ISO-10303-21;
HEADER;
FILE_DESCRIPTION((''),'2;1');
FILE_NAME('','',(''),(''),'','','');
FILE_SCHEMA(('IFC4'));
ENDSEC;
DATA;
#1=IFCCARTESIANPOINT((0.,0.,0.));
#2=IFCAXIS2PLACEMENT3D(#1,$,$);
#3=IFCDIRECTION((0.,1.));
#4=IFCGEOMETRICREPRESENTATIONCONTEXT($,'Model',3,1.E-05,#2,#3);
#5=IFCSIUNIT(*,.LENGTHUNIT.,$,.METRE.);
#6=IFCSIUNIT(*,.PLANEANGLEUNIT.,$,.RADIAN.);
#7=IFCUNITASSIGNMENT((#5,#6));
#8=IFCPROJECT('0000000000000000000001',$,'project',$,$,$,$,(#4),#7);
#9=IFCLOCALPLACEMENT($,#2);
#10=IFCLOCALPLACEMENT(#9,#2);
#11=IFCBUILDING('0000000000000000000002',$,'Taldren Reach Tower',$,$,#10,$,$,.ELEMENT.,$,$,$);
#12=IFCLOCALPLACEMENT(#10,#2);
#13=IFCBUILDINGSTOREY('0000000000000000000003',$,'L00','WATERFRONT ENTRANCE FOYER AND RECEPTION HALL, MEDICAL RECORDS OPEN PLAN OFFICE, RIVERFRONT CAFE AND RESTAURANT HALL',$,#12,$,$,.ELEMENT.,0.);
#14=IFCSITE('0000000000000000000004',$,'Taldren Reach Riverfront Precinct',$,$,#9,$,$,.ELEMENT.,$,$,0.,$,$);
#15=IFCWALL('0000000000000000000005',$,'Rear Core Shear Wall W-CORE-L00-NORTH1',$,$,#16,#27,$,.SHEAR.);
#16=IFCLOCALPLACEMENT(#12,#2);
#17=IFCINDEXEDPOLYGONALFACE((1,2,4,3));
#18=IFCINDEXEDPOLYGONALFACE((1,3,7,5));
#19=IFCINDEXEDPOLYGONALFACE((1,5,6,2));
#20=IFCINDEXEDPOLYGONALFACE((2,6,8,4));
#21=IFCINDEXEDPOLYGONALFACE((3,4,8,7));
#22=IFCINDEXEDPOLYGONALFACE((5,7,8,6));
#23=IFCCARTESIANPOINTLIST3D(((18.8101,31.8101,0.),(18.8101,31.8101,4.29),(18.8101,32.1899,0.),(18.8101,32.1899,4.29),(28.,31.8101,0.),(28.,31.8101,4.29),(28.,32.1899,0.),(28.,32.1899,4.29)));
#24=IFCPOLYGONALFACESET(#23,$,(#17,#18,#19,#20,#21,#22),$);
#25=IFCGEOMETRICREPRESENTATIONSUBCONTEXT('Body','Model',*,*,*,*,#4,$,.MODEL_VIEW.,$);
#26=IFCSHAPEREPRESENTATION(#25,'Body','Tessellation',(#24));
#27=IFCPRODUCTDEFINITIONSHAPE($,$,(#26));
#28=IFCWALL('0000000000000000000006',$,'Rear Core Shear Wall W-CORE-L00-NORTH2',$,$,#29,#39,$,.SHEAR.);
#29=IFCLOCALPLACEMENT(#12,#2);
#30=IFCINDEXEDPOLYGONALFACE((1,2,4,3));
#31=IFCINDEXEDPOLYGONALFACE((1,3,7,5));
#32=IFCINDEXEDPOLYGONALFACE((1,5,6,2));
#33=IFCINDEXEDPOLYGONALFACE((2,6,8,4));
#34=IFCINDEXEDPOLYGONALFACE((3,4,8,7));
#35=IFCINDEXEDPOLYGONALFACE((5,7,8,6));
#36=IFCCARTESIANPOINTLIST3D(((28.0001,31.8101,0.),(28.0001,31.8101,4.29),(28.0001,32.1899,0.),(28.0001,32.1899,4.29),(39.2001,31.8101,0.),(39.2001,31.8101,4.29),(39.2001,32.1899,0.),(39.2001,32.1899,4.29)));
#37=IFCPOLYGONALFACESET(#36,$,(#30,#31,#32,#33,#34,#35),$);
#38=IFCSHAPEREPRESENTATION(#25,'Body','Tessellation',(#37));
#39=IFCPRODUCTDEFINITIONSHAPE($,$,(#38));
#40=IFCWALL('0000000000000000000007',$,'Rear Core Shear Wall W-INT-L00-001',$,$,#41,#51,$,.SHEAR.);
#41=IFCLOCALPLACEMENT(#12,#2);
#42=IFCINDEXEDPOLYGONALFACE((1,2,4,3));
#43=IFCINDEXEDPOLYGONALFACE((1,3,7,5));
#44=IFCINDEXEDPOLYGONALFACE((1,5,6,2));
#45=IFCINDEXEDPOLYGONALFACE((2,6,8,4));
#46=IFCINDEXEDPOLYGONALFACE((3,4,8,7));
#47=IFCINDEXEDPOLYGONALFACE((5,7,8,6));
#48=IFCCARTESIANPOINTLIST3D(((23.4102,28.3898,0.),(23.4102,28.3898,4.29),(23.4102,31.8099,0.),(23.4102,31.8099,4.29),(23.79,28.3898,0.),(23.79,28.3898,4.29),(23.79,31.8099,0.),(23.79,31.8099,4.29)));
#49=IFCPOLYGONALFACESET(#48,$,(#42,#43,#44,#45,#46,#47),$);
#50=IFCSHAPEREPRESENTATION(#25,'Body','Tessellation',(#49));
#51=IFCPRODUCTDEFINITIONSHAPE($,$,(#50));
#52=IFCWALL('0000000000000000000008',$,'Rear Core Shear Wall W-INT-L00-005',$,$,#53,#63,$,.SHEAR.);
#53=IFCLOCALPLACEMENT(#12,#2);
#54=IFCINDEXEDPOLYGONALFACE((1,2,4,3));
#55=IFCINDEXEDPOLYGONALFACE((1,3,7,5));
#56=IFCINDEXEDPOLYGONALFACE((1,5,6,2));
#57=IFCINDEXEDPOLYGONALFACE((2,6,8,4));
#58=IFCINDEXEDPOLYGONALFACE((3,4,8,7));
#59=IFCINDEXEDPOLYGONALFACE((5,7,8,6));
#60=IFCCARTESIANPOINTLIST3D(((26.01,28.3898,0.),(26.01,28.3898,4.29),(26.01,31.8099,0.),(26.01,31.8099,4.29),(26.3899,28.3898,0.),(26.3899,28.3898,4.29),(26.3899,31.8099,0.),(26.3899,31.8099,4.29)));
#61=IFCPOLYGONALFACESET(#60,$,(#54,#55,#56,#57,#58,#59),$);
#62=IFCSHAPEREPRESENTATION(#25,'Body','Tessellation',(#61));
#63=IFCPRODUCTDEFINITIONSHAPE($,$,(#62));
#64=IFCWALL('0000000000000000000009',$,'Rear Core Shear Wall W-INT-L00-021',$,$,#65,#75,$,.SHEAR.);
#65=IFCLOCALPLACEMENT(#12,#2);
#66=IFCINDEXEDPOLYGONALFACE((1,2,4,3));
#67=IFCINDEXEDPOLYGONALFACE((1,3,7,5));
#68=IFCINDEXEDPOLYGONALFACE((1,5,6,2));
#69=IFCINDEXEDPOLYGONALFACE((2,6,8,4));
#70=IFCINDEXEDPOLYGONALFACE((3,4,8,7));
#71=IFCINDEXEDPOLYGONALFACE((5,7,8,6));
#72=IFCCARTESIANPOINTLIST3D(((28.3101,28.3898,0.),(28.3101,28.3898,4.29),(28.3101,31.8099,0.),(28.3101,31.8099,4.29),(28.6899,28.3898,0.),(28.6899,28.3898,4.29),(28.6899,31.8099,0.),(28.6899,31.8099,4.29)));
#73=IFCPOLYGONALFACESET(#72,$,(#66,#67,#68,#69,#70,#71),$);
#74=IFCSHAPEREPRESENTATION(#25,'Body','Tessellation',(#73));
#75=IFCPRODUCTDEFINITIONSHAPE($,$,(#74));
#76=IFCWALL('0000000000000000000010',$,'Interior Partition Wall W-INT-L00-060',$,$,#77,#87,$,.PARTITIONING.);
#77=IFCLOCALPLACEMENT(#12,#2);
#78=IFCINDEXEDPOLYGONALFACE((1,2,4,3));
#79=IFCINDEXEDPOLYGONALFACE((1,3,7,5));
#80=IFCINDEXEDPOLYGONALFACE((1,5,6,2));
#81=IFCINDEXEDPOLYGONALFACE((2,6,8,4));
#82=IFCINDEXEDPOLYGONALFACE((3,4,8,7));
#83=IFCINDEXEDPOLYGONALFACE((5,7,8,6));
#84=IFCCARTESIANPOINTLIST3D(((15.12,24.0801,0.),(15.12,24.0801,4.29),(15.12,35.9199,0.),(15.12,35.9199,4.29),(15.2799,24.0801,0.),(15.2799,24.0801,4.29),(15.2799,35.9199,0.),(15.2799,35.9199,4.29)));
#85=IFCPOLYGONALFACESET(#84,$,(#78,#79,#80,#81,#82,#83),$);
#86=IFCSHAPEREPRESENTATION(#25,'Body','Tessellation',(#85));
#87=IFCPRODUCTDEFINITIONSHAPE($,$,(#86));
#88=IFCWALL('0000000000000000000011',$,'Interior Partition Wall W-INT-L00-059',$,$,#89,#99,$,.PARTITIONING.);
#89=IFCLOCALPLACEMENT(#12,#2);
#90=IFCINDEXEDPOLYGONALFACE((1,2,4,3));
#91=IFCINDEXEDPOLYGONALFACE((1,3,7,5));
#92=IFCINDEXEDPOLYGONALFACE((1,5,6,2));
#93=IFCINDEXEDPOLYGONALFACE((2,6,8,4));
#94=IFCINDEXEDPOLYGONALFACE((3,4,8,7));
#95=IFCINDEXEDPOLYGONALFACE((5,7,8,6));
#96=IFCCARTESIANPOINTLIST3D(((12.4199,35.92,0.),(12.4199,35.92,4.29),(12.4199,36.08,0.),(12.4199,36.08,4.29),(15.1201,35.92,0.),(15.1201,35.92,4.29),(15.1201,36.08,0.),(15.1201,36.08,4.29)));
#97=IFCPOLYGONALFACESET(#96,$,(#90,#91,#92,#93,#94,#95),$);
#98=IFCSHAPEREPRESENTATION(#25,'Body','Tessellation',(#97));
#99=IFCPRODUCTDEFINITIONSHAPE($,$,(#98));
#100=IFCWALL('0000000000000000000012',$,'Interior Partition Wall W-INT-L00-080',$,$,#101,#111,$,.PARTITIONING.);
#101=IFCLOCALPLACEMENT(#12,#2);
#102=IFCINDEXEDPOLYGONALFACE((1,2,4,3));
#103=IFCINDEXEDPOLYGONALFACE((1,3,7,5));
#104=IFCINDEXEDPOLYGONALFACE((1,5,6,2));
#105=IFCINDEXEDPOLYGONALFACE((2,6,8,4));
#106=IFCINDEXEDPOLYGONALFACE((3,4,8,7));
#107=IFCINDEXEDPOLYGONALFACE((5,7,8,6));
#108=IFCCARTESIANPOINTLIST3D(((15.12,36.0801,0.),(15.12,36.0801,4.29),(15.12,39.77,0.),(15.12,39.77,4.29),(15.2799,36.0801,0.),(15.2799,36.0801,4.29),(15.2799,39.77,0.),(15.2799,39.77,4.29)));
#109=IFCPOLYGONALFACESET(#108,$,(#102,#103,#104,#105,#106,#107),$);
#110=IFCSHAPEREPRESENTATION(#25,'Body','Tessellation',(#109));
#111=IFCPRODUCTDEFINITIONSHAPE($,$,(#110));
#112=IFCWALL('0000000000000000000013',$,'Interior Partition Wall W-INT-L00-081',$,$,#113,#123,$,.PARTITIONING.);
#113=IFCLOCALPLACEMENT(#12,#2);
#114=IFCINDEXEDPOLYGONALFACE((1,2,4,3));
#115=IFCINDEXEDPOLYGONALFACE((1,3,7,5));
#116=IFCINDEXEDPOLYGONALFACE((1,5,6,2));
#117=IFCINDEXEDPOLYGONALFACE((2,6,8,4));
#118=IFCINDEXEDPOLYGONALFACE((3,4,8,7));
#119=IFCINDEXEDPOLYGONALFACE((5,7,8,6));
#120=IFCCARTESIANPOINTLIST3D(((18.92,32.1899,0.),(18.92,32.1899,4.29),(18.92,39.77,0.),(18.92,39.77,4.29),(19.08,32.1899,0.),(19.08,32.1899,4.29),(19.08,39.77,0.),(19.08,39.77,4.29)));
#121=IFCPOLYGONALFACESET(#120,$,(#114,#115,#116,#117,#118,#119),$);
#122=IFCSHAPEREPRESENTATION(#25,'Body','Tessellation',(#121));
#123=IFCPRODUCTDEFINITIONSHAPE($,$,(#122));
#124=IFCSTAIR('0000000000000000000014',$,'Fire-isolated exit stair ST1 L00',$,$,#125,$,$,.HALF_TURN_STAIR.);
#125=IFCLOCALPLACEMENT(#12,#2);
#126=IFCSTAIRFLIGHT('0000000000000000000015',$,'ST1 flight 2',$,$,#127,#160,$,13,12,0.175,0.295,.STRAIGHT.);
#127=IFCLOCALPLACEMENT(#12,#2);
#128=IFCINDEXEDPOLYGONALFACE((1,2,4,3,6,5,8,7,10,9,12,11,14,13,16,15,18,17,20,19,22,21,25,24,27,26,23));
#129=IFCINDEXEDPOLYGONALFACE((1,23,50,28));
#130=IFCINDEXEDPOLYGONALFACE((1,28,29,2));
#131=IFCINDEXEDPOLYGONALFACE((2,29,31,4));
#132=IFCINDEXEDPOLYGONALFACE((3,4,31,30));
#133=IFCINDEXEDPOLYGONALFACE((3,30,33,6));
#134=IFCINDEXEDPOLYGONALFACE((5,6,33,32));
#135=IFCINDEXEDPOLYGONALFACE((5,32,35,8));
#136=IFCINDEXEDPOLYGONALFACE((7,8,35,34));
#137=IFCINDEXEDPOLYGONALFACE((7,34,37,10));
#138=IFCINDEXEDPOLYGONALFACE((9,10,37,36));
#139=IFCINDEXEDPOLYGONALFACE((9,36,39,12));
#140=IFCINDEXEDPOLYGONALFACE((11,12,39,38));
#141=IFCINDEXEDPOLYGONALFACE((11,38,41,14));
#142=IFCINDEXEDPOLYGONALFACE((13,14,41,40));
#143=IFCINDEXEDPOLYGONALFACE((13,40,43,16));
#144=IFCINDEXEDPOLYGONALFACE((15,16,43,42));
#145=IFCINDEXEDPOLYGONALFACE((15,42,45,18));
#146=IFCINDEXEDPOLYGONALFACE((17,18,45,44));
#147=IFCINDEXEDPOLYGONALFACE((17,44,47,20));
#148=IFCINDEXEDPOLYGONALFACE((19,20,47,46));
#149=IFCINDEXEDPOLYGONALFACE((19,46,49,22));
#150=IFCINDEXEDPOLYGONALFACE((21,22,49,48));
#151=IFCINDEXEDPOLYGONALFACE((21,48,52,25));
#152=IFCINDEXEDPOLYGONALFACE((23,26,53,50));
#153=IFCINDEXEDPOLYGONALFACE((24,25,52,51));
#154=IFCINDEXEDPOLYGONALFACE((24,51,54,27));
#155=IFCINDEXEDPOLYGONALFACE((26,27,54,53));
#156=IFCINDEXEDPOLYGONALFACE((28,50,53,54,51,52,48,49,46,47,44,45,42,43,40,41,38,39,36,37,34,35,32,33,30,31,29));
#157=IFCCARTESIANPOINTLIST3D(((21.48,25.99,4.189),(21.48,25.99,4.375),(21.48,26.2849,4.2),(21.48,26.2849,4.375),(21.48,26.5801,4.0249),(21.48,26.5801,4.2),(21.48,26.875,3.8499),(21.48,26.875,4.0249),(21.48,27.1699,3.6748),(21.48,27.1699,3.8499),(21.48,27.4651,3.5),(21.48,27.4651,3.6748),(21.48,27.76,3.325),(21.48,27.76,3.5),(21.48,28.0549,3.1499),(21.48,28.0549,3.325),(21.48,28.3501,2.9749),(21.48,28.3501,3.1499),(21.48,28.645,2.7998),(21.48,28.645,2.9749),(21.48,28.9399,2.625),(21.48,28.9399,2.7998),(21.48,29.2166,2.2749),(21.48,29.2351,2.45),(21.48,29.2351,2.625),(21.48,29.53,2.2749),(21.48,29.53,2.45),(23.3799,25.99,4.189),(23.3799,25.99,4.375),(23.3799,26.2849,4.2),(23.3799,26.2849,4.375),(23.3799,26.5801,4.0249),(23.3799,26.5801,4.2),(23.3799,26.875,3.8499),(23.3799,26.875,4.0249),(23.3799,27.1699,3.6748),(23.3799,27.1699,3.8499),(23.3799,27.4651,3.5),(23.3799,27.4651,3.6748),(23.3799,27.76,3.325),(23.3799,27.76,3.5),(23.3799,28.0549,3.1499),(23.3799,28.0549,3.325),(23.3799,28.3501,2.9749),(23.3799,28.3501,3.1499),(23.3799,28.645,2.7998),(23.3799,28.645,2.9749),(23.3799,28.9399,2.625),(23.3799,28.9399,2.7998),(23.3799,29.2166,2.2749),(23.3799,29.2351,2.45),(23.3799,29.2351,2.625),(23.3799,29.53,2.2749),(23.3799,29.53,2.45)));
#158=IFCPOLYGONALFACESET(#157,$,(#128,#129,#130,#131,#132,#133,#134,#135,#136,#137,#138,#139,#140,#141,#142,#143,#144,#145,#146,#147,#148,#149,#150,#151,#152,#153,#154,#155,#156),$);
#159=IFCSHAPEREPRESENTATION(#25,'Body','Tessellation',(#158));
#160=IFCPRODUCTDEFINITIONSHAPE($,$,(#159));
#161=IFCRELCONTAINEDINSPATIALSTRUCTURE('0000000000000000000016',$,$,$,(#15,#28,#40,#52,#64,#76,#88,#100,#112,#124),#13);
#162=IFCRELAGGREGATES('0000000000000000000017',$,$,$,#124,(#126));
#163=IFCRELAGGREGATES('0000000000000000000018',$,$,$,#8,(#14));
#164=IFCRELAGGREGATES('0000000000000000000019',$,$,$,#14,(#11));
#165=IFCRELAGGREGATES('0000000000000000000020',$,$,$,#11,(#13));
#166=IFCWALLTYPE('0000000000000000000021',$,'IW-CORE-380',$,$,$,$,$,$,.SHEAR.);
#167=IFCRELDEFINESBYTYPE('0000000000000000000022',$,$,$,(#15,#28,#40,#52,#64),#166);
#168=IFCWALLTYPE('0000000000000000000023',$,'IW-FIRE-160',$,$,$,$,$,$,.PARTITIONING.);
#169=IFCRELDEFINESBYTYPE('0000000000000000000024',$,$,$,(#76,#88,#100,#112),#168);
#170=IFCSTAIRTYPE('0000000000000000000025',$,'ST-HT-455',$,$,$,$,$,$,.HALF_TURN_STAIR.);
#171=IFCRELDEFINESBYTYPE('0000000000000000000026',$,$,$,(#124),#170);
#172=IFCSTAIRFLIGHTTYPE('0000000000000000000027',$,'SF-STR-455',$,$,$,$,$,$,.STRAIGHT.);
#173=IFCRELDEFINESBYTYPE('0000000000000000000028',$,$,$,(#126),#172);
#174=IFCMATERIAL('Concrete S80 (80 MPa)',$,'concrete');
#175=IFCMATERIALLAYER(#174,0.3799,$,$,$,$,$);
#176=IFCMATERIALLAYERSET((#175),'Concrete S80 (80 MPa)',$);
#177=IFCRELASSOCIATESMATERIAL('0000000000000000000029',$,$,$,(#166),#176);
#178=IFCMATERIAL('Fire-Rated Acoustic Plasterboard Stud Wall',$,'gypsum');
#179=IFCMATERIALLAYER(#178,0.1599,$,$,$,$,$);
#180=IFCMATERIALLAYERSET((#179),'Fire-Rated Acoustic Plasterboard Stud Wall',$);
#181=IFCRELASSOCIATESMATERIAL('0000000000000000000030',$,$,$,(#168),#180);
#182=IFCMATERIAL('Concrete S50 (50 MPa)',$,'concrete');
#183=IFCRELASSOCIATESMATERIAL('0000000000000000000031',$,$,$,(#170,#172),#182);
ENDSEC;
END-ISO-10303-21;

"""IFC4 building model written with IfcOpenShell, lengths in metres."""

from ifc_helpers import new_model, si_unit, direction, frame, frame_2d, origin, place, context, subcontext, project, spatial, polyline, rectangle, outline, extrude, source, transform, mapped, material, layer, layer_set, type_object, element, aggregate, save


model = new_model("IFC4")

# Units and contexts
model_context = context("Model", 3, precision=1e-05, world=origin(), true_north=direction((0.0, 1.0)))
body_context = subcontext(model_context, "Body", "Model", "MODEL_VIEW")
ifc_project = project(units=[si_unit("LENGTHUNIT", "METRE"), si_unit("PLANEANGLEUNIT", "RADIAN")], contexts=[model_context])

# Site, building, storey
site_placement = place(None, origin())
site = spatial("IfcSite", under=ifc_project, at=site_placement, Name="Taldren Reach Riverfront Precinct", CompositionType="ELEMENT", RefElevation=0.0)
building_placement = place(site_placement, origin())
building = spatial("IfcBuilding", under=site, at=building_placement, Name="Taldren Reach Tower", CompositionType="ELEMENT")
storey_placement = place(building_placement, origin())
storey = spatial("IfcBuildingStorey", under=building, at=storey_placement, Name="L00", Description="WATERFRONT ENTRANCE FOYER AND RECEPTION HALL, MEDICAL RECORDS OPEN PLAN OFFICE, RIVERFRONT CAFE AND RESTAURANT HALL", CompositionType="ELEMENT", Elevation=0.0)

# Walls
ifc_material_1 = material(Name="Concrete S80 (80 MPa)", Category="concrete")
ifc_layer_1 = layer(ifc_material_1, 0.3799)
ifc_layer_set_1 = layer_set([ifc_layer_1], Name="Concrete S80 (80 MPa)")
wall_type_1 = type_object("IfcWallType", Name="IW-CORE-380", PredefinedType="SHEAR", material=ifc_layer_set_1)
shared_shape_1 = source(origin(), body_context, "Body", "SweptSolid", [
    extrude(rectangle(XDim=9.1899, YDim=0.3799, at=frame_2d((4.595, 0.0))), origin(), (0.0, 0.0, 1.0), 4.29),
])
wall_1_placement = place(storey_placement, frame((18.8101, 32.0, 0.0), z_axis=(0.0, 0.0, 1.0), x_axis=(1.0, 0.0, 0.0)))
element("IfcWall", 1, at=wall_1_placement, inside=storey, type_object=wall_type_1, Name="Rear Core Shear Wall W-CORE-L00-NORTH1", PredefinedType="SHEAR", context=body_context, shape_type="MappedRepresentation", body=[
    mapped(shared_shape_1, transform((0.0, 0.0, 0.0), scale=1.0)),
])
shared_shape_2 = source(origin(), body_context, "Body", "SweptSolid", [
    extrude(rectangle(XDim=11.2, YDim=0.3799, at=frame_2d((5.6001, 0.0))), origin(), (0.0, 0.0, 1.0), 4.29),
])
wall_2_placement = place(storey_placement, frame((28.0, 32.0, 0.0), z_axis=(0.0, 0.0, 1.0), x_axis=(1.0, 0.0, 0.0)))
element("IfcWall", 2, at=wall_2_placement, inside=storey, type_object=wall_type_1, Name="Rear Core Shear Wall W-CORE-L00-NORTH2", PredefinedType="SHEAR", context=body_context, shape_type="MappedRepresentation", body=[
    mapped(shared_shape_2, transform((0.0, 0.0, 0.0), scale=1.0)),
])
shared_shape_3 = source(origin(), body_context, "Body", "SweptSolid", [
    extrude(rectangle(XDim=3.4202, YDim=0.3799, at=frame_2d((1.71, 0.0))), origin(), (0.0, 0.0, 1.0), 4.29),
])
for number, where, z_axis, x_axis, name in (
    (3, (23.6001, 28.3899, 0.0), (0.0, 0.0, 1.0), (0.0, 1.0, 0.0), "Rear Core Shear Wall W-INT-L00-001"),
    (4, (26.2, 28.3899, 0.0), (0.0, 0.0, 1.0), (0.0, 1.0, 0.0), "Rear Core Shear Wall W-INT-L00-005"),
    (5, (28.5, 28.3899, 0.0), (0.0, 0.0, 1.0), (0.0, 1.0, 0.0), "Rear Core Shear Wall W-INT-L00-021"),
):
    element("IfcWall", number, at=place(storey_placement, frame(where, z_axis=z_axis, x_axis=x_axis)), inside=storey, type_object=wall_type_1, Name=name, PredefinedType="SHEAR", context=body_context, shape_type="MappedRepresentation", body=[
        mapped(shared_shape_3, transform((0.0, 0.0, 0.0), scale=1.0)),
    ])

# Walls
ifc_material_2 = material(Name="Fire-Rated Acoustic Plasterboard Stud Wall", Category="gypsum")
ifc_layer_2 = layer(ifc_material_2, 0.1599)
ifc_layer_set_2 = layer_set([ifc_layer_2], Name="Fire-Rated Acoustic Plasterboard Stud Wall")
wall_type_2 = type_object("IfcWallType", Name="IW-FIRE-160", PredefinedType="PARTITIONING", material=ifc_layer_set_2)
shared_shape_4 = source(origin(), body_context, "Body", "SweptSolid", [
    extrude(rectangle(XDim=11.8398, YDim=0.1599, at=frame_2d((5.9199, 0.0))), origin(), (0.0, 0.0, 1.0), 4.29),
])
wall_3_placement = place(storey_placement, frame((15.2, 35.9199, 0.0), z_axis=(0.0, 0.0, 1.0), x_axis=(0.0, -1.0, 0.0)))
element("IfcWall", 6, at=wall_3_placement, inside=storey, type_object=wall_type_2, Name="Interior Partition Wall W-INT-L00-060", PredefinedType="PARTITIONING", context=body_context, shape_type="MappedRepresentation", body=[
    mapped(shared_shape_4, transform((0.0, 0.0, 0.0), scale=1.0)),
])
shared_shape_5 = source(origin(), body_context, "Body", "SweptSolid", [
    extrude(rectangle(XDim=2.7002, YDim=0.1599, at=frame_2d((1.3501, 0.0))), origin(), (0.0, 0.0, 1.0), 4.29),
])
wall_4_placement = place(storey_placement, frame((12.4199, 36.0, 0.0), z_axis=(0.0, 0.0, 1.0), x_axis=(1.0, 0.0, 0.0)))
element("IfcWall", 7, at=wall_4_placement, inside=storey, type_object=wall_type_2, Name="Interior Partition Wall W-INT-L00-059", PredefinedType="PARTITIONING", context=body_context, shape_type="MappedRepresentation", body=[
    mapped(shared_shape_5, transform((0.0, 0.0, 0.0), scale=1.0)),
])
shared_shape_6 = source(origin(), body_context, "Body", "SweptSolid", [
    extrude(rectangle(XDim=3.6899, YDim=0.1599, at=frame_2d((1.845, 0.0))), origin(), (0.0, 0.0, 1.0), 4.29),
])
wall_5_placement = place(storey_placement, frame((15.2, 39.77, 0.0), z_axis=(0.0, 0.0, 1.0), x_axis=(0.0, -1.0, 0.0)))
element("IfcWall", 8, at=wall_5_placement, inside=storey, type_object=wall_type_2, Name="Interior Partition Wall W-INT-L00-080", PredefinedType="PARTITIONING", context=body_context, shape_type="MappedRepresentation", body=[
    mapped(shared_shape_6, transform((0.0, 0.0, 0.0), scale=1.0)),
])
shared_shape_7 = source(origin(), body_context, "Body", "SweptSolid", [
    extrude(rectangle(XDim=7.5801, YDim=0.1599, at=frame_2d((3.79, 0.0))), origin(), (0.0, 0.0, 1.0), 4.29),
])
wall_6_placement = place(storey_placement, frame((19.0, 39.77, 0.0), z_axis=(0.0, 0.0, 1.0), x_axis=(0.0, -1.0, 0.0)))
element("IfcWall", 9, at=wall_6_placement, inside=storey, type_object=wall_type_2, Name="Interior Partition Wall W-INT-L00-081", PredefinedType="PARTITIONING", context=body_context, shape_type="MappedRepresentation", body=[
    mapped(shared_shape_7, transform((0.0, 0.0, 0.0), scale=1.0)),
])

# Stair, stair flight
ifc_material_3 = material(Name="Concrete S50 (50 MPa)", Category="concrete")
stair_type = type_object("IfcStairType", Name="ST-HT-455", PredefinedType="HALF_TURN_STAIR", material=ifc_material_3)
stair_placement = place(storey_placement, origin())
stair = element("IfcStair", 10, at=stair_placement, inside=storey, type_object=stair_type, Name="Fire-isolated exit stair ST1 L00", PredefinedType="HALF_TURN_STAIR")
stair_flight_type = type_object("IfcStairFlightType", Name="SF-STR-455", PredefinedType="STRAIGHT", material=ifc_material_3)
stair_flight_placement = place(storey_placement, frame((22.4299, 29.53, 2.2749), z_axis=(0.0, 0.0, 1.0), x_axis=(0.0, -1.0, 0.0)))
stair_flight = element("IfcStairFlight", 11, at=stair_flight_placement, type_object=stair_flight_type, Name="ST1 flight 2", NumberOfRisers=13, NumberOfTreads=12, PredefinedType="STRAIGHT", RiserHeight=0.175, TreadLength=0.295, context=body_context, shape_type="SweptSolid", body=[
    extrude(outline(polyline([(0.0, 0.0), (0.0, 0.175), (0.2949, 0.175), (0.2949, 0.3501), (0.5901, 0.3501), (0.5901, 0.5249), (0.885, 0.5249), (0.885, 0.7), (1.1799, 0.7), (1.1799, 0.875), (1.4751, 0.875), (1.4751, 1.05), (1.77, 1.05), (1.77, 1.2251), (2.0649, 1.2251), (2.0649, 1.3999), (2.3601, 1.3999), (2.3601, 1.575), (2.655, 1.575), (2.655, 1.75), (2.95, 1.75), (2.95, 1.925), (3.2451, 1.925), (3.2451, 2.1001), (3.54, 2.1001), (3.54, 2.2749), (3.54, 1.9141), (0.3135, 0.0), (0.0, 0.0)])), frame((0.0, 0.95, 0.0), z_axis=(0.0, -1.0, 0.0), x_axis=(1.0, 0.0, 0.0)), (0.0, 0.0, 1.0), 1.8999),
])
aggregate(stair, [stair_flight])

save(model, "model.ifc")
